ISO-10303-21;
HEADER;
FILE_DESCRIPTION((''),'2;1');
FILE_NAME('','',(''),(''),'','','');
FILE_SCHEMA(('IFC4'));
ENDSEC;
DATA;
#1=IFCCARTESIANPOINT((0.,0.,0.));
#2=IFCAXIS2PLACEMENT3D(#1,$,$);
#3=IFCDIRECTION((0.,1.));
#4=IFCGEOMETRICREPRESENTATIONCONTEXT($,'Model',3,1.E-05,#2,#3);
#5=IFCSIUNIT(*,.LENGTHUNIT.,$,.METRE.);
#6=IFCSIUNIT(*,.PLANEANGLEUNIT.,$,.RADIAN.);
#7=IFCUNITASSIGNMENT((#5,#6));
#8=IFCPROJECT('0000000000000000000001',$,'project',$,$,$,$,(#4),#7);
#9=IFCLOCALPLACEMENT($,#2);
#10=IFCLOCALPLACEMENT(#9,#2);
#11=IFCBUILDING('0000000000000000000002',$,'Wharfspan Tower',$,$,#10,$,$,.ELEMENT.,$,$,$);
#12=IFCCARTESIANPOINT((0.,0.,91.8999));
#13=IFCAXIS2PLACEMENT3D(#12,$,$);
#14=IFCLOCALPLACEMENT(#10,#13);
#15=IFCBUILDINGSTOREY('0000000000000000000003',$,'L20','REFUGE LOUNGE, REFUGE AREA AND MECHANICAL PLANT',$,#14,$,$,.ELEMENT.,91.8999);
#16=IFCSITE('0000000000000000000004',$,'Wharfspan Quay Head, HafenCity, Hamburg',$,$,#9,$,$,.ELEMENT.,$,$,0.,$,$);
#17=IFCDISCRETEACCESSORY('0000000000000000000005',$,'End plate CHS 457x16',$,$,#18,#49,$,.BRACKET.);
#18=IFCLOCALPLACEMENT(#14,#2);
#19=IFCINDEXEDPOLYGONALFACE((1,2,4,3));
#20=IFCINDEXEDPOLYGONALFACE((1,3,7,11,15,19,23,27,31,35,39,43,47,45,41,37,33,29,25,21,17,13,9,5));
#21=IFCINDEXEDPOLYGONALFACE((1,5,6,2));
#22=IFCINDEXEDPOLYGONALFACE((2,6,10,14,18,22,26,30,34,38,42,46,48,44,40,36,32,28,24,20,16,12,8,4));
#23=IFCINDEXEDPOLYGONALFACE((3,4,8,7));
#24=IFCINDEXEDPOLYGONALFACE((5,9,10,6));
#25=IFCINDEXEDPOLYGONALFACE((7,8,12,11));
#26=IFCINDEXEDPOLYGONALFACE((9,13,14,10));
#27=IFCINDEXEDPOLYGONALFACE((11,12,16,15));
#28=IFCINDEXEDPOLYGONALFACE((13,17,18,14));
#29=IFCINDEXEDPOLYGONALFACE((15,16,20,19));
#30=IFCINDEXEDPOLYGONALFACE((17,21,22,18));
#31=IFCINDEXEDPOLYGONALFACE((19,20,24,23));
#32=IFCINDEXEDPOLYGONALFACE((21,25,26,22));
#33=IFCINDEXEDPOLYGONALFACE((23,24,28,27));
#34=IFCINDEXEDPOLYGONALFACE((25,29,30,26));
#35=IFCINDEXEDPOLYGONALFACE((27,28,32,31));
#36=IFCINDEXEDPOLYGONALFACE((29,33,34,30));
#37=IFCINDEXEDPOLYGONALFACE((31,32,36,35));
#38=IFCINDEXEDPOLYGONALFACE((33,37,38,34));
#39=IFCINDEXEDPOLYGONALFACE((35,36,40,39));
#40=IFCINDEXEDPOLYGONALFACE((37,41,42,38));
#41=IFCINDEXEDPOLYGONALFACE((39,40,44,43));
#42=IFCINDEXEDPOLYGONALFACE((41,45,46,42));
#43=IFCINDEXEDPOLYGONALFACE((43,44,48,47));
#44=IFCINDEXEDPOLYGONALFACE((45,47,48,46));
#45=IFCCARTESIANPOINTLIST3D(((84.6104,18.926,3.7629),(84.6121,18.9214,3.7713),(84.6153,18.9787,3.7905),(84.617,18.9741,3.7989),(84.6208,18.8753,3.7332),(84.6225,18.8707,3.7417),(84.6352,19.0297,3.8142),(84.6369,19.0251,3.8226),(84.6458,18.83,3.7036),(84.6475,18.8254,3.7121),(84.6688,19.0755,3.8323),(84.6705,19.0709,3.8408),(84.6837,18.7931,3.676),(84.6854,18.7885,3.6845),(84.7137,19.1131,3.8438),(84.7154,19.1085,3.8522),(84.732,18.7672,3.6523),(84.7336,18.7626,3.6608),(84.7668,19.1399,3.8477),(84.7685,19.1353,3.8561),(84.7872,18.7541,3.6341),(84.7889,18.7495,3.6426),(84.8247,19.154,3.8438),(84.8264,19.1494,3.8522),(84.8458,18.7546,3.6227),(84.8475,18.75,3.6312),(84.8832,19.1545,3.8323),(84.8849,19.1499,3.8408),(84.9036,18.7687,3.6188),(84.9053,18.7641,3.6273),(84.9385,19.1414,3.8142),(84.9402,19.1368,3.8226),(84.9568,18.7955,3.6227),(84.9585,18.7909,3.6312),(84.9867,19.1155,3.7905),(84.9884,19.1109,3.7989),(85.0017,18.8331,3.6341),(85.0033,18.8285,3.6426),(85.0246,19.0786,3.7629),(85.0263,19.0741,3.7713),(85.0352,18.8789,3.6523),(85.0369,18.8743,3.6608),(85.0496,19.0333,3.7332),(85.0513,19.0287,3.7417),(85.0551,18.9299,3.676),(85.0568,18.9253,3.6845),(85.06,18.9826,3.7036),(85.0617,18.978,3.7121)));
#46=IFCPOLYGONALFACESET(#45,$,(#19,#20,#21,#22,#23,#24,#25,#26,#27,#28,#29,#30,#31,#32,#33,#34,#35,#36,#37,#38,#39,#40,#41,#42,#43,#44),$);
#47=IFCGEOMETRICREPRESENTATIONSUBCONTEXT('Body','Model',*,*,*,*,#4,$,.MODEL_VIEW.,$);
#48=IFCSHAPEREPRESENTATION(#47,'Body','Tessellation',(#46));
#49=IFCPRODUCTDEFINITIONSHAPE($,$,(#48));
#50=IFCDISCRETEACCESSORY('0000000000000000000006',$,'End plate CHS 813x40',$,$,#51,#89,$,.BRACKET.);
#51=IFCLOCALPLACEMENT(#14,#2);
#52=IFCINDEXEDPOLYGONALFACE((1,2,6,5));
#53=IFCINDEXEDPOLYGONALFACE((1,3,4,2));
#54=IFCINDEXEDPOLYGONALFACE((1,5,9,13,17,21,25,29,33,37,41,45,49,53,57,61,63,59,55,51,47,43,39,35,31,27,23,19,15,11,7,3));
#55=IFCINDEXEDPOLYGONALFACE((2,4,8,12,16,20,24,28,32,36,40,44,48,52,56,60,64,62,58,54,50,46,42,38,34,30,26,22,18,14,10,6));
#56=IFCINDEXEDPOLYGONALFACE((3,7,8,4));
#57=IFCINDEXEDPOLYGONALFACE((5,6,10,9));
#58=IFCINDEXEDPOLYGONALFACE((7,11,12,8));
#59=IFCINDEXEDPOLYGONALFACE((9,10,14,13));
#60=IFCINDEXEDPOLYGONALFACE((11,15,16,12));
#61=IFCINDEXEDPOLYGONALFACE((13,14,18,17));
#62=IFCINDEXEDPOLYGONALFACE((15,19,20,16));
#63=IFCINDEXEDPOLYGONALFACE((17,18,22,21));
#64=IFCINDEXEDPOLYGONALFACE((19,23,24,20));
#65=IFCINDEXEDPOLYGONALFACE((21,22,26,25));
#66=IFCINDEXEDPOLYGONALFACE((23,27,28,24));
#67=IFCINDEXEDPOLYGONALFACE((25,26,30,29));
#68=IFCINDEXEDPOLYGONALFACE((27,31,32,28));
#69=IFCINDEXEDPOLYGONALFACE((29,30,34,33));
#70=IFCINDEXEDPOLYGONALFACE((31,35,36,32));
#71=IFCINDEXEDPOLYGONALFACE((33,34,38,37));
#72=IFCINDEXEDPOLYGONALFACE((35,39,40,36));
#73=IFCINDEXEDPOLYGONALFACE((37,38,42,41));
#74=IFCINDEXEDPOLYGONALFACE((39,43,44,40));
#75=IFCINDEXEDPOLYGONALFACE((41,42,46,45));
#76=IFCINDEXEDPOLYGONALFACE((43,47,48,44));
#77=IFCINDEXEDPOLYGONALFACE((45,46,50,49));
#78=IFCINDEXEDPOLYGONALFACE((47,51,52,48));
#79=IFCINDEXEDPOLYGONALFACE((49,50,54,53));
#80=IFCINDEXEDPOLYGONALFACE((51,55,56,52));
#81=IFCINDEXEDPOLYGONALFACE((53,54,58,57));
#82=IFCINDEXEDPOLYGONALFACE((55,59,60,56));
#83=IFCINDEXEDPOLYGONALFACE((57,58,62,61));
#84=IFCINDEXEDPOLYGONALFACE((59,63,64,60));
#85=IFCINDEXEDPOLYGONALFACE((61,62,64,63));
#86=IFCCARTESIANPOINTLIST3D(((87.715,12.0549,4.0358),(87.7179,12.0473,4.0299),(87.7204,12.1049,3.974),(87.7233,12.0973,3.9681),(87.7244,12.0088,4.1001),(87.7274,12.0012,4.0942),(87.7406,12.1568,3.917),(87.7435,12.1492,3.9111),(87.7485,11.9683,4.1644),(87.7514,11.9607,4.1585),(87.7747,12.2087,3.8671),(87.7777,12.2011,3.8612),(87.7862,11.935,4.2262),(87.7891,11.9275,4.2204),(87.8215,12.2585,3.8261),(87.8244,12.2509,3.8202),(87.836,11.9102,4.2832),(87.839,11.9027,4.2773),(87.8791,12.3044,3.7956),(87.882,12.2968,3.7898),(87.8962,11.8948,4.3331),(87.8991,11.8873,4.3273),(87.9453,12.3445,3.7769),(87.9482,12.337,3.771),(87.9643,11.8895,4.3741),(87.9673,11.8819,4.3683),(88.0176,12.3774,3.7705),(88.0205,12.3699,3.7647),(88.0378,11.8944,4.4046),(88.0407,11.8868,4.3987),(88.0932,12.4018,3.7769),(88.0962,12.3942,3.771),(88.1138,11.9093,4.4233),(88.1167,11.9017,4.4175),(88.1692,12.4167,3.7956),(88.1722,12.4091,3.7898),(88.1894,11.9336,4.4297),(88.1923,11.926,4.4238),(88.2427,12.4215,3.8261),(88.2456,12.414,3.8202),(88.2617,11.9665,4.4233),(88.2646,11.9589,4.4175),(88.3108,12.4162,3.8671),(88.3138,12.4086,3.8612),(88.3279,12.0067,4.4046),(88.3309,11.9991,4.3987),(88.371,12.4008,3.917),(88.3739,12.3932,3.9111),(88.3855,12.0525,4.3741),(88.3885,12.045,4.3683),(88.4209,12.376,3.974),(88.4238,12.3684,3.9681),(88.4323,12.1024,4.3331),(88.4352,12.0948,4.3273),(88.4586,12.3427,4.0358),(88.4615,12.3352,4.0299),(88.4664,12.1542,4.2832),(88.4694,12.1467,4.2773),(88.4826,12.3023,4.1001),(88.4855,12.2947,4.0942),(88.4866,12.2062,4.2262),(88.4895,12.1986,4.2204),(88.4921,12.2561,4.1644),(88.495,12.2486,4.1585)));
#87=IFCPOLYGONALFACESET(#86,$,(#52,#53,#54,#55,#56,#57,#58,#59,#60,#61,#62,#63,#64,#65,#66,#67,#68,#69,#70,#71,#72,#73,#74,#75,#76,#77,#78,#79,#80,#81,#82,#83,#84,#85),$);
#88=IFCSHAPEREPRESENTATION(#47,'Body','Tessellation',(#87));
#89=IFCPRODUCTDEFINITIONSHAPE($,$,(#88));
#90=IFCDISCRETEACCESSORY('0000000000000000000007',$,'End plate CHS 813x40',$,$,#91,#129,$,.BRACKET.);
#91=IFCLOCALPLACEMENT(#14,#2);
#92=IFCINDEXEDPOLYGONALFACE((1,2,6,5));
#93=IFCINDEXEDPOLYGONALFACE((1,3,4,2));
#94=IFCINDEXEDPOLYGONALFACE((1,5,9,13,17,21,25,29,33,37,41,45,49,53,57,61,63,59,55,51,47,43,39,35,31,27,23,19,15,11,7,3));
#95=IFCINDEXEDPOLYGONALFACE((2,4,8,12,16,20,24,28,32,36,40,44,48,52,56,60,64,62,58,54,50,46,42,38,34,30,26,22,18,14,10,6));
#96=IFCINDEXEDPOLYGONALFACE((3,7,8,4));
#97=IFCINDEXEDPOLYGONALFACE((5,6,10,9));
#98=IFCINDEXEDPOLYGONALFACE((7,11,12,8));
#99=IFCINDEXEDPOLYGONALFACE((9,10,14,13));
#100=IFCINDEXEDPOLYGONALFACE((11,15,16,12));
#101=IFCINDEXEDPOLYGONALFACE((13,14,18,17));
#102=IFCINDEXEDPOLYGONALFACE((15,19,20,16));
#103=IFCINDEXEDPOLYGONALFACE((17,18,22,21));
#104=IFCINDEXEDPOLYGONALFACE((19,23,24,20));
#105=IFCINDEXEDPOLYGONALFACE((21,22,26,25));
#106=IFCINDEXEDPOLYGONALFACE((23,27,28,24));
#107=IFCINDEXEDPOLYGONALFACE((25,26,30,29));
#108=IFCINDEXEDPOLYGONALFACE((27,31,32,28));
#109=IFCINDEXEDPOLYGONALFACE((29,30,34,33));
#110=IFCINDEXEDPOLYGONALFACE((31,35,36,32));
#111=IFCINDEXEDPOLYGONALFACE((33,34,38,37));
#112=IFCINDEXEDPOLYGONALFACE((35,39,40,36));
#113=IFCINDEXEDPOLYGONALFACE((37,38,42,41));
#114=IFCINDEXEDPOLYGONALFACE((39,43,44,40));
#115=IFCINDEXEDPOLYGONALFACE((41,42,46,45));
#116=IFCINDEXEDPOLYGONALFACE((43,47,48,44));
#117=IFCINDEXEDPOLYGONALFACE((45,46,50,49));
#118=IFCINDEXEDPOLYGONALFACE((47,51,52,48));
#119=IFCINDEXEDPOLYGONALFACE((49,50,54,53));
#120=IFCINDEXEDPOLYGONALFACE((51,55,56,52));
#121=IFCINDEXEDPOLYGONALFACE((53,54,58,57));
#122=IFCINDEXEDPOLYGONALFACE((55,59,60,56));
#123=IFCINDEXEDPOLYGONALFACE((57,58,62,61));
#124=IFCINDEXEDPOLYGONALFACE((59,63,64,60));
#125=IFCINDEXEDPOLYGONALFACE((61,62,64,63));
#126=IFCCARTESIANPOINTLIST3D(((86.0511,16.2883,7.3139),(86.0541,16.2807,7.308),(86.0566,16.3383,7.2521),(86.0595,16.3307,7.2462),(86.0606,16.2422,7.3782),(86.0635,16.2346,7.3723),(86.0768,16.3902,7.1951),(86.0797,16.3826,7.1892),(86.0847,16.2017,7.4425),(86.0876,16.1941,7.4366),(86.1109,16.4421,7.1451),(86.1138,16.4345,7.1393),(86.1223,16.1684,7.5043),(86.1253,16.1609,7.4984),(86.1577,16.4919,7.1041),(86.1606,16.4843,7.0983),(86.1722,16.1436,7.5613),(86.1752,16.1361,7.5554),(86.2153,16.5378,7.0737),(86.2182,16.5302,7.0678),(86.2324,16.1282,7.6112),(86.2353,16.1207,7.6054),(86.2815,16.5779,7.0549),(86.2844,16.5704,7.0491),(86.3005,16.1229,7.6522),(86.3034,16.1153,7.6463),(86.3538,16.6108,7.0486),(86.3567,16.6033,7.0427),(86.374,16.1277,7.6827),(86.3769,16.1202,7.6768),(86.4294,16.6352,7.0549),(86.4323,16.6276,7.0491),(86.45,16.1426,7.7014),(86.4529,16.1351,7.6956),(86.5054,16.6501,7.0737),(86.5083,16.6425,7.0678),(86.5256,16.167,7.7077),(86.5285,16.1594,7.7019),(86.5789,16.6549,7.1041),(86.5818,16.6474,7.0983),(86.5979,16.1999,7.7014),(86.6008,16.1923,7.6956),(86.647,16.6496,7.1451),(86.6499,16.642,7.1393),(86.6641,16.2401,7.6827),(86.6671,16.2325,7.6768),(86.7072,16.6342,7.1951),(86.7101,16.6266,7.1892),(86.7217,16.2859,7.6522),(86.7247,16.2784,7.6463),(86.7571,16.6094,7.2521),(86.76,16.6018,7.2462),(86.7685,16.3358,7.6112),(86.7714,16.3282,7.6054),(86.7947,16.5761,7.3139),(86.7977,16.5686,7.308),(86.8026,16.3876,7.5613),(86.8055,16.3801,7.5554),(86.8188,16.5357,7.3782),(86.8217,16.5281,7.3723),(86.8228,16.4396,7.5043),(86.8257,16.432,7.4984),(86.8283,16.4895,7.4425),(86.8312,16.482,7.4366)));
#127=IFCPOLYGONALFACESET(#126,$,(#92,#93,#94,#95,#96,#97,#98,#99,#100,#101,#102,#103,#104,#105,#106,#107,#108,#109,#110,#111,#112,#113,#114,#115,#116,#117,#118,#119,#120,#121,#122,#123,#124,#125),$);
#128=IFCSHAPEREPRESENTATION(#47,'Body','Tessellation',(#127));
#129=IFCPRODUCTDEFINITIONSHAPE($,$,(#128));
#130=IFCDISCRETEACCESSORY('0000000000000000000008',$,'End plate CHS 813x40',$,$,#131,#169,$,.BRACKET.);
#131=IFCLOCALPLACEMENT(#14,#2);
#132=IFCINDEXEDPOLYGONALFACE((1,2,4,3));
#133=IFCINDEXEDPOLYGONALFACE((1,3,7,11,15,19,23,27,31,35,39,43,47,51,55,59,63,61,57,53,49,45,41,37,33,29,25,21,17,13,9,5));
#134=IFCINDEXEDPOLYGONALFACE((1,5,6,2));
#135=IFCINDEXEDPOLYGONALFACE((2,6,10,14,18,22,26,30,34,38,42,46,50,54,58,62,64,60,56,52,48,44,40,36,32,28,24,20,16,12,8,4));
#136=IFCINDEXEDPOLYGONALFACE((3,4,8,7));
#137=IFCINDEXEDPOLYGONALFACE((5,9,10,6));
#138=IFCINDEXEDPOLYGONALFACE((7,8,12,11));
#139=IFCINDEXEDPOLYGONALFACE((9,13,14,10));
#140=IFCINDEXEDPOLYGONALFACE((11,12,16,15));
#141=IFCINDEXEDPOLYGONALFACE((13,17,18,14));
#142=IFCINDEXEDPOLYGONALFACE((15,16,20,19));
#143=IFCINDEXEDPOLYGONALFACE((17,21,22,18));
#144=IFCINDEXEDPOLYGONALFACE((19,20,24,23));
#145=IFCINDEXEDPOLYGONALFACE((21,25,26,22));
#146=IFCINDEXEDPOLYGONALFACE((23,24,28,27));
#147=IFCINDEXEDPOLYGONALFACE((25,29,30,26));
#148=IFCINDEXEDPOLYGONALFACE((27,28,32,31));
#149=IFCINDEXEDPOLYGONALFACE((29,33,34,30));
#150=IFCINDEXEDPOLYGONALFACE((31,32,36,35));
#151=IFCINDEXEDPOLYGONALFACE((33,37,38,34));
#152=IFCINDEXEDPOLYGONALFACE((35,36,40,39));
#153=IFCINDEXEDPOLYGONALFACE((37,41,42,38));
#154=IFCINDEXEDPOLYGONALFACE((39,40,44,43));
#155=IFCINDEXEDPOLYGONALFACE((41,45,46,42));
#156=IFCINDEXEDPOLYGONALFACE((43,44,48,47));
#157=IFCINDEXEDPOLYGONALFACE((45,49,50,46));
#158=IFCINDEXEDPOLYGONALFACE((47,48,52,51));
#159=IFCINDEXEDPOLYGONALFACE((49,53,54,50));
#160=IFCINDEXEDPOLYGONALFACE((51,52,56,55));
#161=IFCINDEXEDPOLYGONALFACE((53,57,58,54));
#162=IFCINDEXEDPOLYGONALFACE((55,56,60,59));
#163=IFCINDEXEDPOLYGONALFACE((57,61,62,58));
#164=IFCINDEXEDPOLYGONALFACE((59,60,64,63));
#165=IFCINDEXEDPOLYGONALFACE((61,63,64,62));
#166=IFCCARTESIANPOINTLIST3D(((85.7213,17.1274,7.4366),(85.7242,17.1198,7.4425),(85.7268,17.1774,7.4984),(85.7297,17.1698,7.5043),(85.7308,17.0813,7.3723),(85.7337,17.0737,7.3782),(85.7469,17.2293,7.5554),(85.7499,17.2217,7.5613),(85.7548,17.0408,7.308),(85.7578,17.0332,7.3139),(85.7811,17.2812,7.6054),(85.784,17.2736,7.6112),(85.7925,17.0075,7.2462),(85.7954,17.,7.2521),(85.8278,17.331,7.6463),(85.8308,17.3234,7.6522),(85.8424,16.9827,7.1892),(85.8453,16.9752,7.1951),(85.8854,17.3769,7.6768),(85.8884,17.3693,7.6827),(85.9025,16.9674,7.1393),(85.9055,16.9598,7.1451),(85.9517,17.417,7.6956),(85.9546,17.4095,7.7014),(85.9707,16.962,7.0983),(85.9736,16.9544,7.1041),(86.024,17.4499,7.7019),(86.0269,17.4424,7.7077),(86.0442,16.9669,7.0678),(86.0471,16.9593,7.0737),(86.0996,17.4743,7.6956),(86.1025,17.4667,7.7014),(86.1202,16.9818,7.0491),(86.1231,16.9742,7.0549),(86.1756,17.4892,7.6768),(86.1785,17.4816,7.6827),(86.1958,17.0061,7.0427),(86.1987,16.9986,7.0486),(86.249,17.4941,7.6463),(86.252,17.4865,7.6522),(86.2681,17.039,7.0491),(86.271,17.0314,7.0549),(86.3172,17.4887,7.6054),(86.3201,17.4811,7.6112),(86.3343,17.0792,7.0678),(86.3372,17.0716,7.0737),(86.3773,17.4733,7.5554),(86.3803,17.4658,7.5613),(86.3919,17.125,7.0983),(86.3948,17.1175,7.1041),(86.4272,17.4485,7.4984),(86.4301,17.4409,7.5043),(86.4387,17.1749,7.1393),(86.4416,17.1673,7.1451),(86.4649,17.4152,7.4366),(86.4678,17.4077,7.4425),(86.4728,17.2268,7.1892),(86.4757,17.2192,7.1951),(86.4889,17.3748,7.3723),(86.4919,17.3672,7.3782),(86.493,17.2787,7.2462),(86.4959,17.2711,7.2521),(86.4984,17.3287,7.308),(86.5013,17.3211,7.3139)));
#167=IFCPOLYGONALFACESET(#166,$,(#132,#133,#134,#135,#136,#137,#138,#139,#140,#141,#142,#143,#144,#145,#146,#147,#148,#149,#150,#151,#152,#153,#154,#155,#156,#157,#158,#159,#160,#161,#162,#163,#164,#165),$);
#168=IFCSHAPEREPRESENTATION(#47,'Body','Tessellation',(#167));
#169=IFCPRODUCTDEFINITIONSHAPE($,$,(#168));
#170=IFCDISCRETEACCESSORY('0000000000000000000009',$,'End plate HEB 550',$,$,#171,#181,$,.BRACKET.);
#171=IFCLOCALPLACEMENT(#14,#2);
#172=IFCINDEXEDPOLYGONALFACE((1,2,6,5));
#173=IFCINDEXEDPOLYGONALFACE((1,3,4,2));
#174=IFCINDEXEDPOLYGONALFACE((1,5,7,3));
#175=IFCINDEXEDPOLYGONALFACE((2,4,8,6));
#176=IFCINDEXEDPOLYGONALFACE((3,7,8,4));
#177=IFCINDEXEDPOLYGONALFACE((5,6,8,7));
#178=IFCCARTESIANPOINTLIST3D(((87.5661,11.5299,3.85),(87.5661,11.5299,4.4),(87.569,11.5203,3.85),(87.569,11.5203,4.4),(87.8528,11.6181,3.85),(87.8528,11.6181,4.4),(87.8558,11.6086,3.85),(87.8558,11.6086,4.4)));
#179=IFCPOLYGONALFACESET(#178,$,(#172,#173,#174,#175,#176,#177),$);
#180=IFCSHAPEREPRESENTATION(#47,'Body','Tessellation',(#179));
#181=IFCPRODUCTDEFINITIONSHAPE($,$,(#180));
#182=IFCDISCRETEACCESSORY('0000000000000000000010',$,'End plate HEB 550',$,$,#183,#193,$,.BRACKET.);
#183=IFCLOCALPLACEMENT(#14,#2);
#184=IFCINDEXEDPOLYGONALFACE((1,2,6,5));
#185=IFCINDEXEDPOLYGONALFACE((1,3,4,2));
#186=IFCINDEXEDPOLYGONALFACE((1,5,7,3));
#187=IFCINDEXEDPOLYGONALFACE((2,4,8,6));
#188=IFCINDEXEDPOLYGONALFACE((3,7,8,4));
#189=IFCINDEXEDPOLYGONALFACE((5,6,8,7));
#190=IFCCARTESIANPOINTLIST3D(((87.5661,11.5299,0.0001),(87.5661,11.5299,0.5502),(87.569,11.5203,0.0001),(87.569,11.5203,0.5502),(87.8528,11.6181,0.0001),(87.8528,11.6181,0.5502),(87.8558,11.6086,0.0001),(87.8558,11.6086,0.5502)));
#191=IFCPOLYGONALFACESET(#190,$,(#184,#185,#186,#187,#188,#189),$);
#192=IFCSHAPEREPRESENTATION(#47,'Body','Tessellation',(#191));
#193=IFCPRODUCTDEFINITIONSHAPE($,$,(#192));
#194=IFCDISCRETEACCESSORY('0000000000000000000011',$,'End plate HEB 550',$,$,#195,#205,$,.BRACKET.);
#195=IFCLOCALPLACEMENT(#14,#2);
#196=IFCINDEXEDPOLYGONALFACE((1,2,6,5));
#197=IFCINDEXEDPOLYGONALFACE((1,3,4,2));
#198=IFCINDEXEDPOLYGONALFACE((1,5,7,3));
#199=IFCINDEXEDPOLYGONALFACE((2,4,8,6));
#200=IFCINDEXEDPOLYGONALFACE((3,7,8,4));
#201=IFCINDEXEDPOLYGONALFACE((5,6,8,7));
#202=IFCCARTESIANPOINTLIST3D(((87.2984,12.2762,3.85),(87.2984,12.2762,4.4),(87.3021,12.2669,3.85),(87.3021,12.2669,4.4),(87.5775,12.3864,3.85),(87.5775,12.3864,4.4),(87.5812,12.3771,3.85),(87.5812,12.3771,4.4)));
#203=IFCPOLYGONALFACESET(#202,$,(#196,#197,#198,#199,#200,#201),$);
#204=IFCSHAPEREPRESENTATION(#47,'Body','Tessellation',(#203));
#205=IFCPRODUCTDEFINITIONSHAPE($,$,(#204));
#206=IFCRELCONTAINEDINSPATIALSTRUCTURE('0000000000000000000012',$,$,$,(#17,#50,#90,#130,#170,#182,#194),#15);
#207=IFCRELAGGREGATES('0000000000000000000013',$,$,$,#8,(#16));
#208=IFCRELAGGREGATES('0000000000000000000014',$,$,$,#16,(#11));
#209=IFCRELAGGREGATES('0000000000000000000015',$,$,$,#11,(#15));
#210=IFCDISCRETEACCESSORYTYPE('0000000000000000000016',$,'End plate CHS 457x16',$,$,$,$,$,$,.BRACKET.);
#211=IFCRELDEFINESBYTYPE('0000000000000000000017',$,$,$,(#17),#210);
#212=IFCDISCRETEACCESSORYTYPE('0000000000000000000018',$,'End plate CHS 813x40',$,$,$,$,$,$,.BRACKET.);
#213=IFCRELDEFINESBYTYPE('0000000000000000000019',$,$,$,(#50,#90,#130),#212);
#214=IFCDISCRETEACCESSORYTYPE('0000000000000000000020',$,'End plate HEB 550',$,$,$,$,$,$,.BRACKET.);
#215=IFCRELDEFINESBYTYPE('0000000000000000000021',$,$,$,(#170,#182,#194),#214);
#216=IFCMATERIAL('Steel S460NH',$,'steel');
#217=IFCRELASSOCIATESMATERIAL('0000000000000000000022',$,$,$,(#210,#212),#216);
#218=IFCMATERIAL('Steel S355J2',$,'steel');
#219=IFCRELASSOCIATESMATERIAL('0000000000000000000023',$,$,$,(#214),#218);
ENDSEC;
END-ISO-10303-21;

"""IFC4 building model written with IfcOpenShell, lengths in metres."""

from ifc_helpers import new_model, si_unit, direction, frame, origin, origin_2d, place, context, subcontext, project, spatial, rectangle, circle, extrude, material, material_profile, profile_set, type_object, element, save


model = new_model("IFC4")

# Units and contexts
model_context = context("Model", 3, precision=1e-05, world=origin(), true_north=direction((0.0, 1.0)))
body_context = subcontext(model_context, "Body", "Model", "MODEL_VIEW")
ifc_project = project(units=[si_unit("LENGTHUNIT", "METRE"), si_unit("PLANEANGLEUNIT", "RADIAN")], contexts=[model_context])

# Site, building, storey
site_placement = place(None, origin())
site = spatial("IfcSite", under=ifc_project, at=site_placement, Name="Wharfspan Quay Head, HafenCity, Hamburg", CompositionType="ELEMENT", RefElevation=0.0)
building_placement = place(site_placement, origin())
building = spatial("IfcBuilding", under=site, at=building_placement, Name="Wharfspan Tower", CompositionType="ELEMENT")
storey_placement = place(building_placement, frame((0.0, 0.0, 91.8999)))
storey = spatial("IfcBuildingStorey", under=building, at=storey_placement, Name="L20", Description="REFUGE LOUNGE, REFUGE AREA AND MECHANICAL PLANT", CompositionType="ELEMENT", Elevation=91.8999)

# Shared definitions
ifc_material_1 = material(Name="Steel S355J2", Category="steel")

# Shared definitions
ifc_material_2 = material(Name="Steel S460NH", Category="steel")

# Discrete accessories
ifc_material_profile_1 = material_profile(ifc_material_2, circle(Radius=0.2285, at=origin_2d()))
ifc_profile_set_1 = profile_set([ifc_material_profile_1], Name="Steel S460NH")
discrete_accessory_type_1 = type_object("IfcDiscreteAccessoryType", Name="End plate CHS 457x16", PredefinedType="BRACKET", material=ifc_profile_set_1)
discrete_accessory_placement = place(storey_placement, frame((84.8369, 18.9497, 3.7417), z_axis=(-0.173117, 0.469888, -0.865584), x_axis=(-0.938346, -0.345709, -0.000001)))
element("IfcDiscreteAccessory", 1, at=discrete_accessory_placement, inside=storey, type_object=discrete_accessory_type_1, Name="End plate CHS 457x16", PredefinedType="BRACKET", context=body_context, shape_type="SweptSolid", body=[
    extrude(circle(Radius=0.2285, at=origin_2d()), origin(), (0.0, 0.0, 1.0), 0.0098),
])
ifc_material_profile_2 = material_profile(ifc_material_2, circle(Radius=0.4065, at=origin_2d()))
ifc_profile_set_2 = profile_set([ifc_material_profile_2], Name="Steel S460NH")
discrete_accessory_type_2 = type_object("IfcDiscreteAccessoryType", Name="End plate CHS 813x40", PredefinedType="BRACKET", material=ifc_profile_set_2)
for number, where, z_axis, x_axis, name in (
    (2, (88.1064, 12.1479, 4.0942), (-0.292683, 0.756098, 0.585366), (-0.932565, -0.360992, -0.000001), "End plate CHS 813x40"),
    (3, (86.4426, 16.3813, 7.3723), (-0.292683, 0.756098, 0.585366), (-0.932565, -0.360992, -0.000001), "End plate CHS 813x40"),
    (4, (86.1099, 17.228, 7.3723), (0.292683, -0.756098, 0.585366), (0.932565, 0.360992, -0.000001), "End plate CHS 813x40"),
):
    element("IfcDiscreteAccessory", number, at=place(storey_placement, frame(where, z_axis=z_axis, x_axis=x_axis)), inside=storey, type_object=discrete_accessory_type_2, Name=name, PredefinedType="BRACKET", context=body_context, shape_type="SweptSolid", body=[
        extrude(circle(Radius=0.4065, at=origin_2d()), origin(), (0.0, 0.0, 1.0), 0.01),
    ])
ifc_material_profile_3 = material_profile(ifc_material_1, rectangle(XDim=0.3, YDim=0.55, at=origin_2d()))
ifc_profile_set_3 = profile_set([ifc_material_profile_3], Name="Steel S355J2")
discrete_accessory_type_3 = type_object("IfcDiscreteAccessoryType", Name="End plate HEB 550", PredefinedType="BRACKET", material=ifc_profile_set_3)
for number, where, z_axis, x_axis, name in (
    (5, (87.7124, 11.5645, 4.125), (-0.294086, 0.955779, 0.0), (-0.955779, -0.294086, 0.0), "End plate HEB 550"),
    (6, (87.7124, 11.5645, 0.2751), (-0.294086, 0.955779, 0.0), (-0.955779, -0.294086, 0.0), "End plate HEB 550"),
    (7, (87.4416, 12.322, 4.125), (-0.367167, 0.930155, 0.0), (-0.930155, -0.367167, 0.0), "End plate HEB 550"),
):
    element("IfcDiscreteAccessory", number, at=place(storey_placement, frame(where, z_axis=z_axis, x_axis=x_axis)), inside=storey, type_object=discrete_accessory_type_3, Name=name, PredefinedType="BRACKET", context=body_context, shape_type="SweptSolid", body=[
        extrude(rectangle(XDim=0.3, YDim=0.55, at=origin_2d()), origin(), (0.0, 0.0, 1.0), 0.01),
    ])

save(model, "model.ifc")
